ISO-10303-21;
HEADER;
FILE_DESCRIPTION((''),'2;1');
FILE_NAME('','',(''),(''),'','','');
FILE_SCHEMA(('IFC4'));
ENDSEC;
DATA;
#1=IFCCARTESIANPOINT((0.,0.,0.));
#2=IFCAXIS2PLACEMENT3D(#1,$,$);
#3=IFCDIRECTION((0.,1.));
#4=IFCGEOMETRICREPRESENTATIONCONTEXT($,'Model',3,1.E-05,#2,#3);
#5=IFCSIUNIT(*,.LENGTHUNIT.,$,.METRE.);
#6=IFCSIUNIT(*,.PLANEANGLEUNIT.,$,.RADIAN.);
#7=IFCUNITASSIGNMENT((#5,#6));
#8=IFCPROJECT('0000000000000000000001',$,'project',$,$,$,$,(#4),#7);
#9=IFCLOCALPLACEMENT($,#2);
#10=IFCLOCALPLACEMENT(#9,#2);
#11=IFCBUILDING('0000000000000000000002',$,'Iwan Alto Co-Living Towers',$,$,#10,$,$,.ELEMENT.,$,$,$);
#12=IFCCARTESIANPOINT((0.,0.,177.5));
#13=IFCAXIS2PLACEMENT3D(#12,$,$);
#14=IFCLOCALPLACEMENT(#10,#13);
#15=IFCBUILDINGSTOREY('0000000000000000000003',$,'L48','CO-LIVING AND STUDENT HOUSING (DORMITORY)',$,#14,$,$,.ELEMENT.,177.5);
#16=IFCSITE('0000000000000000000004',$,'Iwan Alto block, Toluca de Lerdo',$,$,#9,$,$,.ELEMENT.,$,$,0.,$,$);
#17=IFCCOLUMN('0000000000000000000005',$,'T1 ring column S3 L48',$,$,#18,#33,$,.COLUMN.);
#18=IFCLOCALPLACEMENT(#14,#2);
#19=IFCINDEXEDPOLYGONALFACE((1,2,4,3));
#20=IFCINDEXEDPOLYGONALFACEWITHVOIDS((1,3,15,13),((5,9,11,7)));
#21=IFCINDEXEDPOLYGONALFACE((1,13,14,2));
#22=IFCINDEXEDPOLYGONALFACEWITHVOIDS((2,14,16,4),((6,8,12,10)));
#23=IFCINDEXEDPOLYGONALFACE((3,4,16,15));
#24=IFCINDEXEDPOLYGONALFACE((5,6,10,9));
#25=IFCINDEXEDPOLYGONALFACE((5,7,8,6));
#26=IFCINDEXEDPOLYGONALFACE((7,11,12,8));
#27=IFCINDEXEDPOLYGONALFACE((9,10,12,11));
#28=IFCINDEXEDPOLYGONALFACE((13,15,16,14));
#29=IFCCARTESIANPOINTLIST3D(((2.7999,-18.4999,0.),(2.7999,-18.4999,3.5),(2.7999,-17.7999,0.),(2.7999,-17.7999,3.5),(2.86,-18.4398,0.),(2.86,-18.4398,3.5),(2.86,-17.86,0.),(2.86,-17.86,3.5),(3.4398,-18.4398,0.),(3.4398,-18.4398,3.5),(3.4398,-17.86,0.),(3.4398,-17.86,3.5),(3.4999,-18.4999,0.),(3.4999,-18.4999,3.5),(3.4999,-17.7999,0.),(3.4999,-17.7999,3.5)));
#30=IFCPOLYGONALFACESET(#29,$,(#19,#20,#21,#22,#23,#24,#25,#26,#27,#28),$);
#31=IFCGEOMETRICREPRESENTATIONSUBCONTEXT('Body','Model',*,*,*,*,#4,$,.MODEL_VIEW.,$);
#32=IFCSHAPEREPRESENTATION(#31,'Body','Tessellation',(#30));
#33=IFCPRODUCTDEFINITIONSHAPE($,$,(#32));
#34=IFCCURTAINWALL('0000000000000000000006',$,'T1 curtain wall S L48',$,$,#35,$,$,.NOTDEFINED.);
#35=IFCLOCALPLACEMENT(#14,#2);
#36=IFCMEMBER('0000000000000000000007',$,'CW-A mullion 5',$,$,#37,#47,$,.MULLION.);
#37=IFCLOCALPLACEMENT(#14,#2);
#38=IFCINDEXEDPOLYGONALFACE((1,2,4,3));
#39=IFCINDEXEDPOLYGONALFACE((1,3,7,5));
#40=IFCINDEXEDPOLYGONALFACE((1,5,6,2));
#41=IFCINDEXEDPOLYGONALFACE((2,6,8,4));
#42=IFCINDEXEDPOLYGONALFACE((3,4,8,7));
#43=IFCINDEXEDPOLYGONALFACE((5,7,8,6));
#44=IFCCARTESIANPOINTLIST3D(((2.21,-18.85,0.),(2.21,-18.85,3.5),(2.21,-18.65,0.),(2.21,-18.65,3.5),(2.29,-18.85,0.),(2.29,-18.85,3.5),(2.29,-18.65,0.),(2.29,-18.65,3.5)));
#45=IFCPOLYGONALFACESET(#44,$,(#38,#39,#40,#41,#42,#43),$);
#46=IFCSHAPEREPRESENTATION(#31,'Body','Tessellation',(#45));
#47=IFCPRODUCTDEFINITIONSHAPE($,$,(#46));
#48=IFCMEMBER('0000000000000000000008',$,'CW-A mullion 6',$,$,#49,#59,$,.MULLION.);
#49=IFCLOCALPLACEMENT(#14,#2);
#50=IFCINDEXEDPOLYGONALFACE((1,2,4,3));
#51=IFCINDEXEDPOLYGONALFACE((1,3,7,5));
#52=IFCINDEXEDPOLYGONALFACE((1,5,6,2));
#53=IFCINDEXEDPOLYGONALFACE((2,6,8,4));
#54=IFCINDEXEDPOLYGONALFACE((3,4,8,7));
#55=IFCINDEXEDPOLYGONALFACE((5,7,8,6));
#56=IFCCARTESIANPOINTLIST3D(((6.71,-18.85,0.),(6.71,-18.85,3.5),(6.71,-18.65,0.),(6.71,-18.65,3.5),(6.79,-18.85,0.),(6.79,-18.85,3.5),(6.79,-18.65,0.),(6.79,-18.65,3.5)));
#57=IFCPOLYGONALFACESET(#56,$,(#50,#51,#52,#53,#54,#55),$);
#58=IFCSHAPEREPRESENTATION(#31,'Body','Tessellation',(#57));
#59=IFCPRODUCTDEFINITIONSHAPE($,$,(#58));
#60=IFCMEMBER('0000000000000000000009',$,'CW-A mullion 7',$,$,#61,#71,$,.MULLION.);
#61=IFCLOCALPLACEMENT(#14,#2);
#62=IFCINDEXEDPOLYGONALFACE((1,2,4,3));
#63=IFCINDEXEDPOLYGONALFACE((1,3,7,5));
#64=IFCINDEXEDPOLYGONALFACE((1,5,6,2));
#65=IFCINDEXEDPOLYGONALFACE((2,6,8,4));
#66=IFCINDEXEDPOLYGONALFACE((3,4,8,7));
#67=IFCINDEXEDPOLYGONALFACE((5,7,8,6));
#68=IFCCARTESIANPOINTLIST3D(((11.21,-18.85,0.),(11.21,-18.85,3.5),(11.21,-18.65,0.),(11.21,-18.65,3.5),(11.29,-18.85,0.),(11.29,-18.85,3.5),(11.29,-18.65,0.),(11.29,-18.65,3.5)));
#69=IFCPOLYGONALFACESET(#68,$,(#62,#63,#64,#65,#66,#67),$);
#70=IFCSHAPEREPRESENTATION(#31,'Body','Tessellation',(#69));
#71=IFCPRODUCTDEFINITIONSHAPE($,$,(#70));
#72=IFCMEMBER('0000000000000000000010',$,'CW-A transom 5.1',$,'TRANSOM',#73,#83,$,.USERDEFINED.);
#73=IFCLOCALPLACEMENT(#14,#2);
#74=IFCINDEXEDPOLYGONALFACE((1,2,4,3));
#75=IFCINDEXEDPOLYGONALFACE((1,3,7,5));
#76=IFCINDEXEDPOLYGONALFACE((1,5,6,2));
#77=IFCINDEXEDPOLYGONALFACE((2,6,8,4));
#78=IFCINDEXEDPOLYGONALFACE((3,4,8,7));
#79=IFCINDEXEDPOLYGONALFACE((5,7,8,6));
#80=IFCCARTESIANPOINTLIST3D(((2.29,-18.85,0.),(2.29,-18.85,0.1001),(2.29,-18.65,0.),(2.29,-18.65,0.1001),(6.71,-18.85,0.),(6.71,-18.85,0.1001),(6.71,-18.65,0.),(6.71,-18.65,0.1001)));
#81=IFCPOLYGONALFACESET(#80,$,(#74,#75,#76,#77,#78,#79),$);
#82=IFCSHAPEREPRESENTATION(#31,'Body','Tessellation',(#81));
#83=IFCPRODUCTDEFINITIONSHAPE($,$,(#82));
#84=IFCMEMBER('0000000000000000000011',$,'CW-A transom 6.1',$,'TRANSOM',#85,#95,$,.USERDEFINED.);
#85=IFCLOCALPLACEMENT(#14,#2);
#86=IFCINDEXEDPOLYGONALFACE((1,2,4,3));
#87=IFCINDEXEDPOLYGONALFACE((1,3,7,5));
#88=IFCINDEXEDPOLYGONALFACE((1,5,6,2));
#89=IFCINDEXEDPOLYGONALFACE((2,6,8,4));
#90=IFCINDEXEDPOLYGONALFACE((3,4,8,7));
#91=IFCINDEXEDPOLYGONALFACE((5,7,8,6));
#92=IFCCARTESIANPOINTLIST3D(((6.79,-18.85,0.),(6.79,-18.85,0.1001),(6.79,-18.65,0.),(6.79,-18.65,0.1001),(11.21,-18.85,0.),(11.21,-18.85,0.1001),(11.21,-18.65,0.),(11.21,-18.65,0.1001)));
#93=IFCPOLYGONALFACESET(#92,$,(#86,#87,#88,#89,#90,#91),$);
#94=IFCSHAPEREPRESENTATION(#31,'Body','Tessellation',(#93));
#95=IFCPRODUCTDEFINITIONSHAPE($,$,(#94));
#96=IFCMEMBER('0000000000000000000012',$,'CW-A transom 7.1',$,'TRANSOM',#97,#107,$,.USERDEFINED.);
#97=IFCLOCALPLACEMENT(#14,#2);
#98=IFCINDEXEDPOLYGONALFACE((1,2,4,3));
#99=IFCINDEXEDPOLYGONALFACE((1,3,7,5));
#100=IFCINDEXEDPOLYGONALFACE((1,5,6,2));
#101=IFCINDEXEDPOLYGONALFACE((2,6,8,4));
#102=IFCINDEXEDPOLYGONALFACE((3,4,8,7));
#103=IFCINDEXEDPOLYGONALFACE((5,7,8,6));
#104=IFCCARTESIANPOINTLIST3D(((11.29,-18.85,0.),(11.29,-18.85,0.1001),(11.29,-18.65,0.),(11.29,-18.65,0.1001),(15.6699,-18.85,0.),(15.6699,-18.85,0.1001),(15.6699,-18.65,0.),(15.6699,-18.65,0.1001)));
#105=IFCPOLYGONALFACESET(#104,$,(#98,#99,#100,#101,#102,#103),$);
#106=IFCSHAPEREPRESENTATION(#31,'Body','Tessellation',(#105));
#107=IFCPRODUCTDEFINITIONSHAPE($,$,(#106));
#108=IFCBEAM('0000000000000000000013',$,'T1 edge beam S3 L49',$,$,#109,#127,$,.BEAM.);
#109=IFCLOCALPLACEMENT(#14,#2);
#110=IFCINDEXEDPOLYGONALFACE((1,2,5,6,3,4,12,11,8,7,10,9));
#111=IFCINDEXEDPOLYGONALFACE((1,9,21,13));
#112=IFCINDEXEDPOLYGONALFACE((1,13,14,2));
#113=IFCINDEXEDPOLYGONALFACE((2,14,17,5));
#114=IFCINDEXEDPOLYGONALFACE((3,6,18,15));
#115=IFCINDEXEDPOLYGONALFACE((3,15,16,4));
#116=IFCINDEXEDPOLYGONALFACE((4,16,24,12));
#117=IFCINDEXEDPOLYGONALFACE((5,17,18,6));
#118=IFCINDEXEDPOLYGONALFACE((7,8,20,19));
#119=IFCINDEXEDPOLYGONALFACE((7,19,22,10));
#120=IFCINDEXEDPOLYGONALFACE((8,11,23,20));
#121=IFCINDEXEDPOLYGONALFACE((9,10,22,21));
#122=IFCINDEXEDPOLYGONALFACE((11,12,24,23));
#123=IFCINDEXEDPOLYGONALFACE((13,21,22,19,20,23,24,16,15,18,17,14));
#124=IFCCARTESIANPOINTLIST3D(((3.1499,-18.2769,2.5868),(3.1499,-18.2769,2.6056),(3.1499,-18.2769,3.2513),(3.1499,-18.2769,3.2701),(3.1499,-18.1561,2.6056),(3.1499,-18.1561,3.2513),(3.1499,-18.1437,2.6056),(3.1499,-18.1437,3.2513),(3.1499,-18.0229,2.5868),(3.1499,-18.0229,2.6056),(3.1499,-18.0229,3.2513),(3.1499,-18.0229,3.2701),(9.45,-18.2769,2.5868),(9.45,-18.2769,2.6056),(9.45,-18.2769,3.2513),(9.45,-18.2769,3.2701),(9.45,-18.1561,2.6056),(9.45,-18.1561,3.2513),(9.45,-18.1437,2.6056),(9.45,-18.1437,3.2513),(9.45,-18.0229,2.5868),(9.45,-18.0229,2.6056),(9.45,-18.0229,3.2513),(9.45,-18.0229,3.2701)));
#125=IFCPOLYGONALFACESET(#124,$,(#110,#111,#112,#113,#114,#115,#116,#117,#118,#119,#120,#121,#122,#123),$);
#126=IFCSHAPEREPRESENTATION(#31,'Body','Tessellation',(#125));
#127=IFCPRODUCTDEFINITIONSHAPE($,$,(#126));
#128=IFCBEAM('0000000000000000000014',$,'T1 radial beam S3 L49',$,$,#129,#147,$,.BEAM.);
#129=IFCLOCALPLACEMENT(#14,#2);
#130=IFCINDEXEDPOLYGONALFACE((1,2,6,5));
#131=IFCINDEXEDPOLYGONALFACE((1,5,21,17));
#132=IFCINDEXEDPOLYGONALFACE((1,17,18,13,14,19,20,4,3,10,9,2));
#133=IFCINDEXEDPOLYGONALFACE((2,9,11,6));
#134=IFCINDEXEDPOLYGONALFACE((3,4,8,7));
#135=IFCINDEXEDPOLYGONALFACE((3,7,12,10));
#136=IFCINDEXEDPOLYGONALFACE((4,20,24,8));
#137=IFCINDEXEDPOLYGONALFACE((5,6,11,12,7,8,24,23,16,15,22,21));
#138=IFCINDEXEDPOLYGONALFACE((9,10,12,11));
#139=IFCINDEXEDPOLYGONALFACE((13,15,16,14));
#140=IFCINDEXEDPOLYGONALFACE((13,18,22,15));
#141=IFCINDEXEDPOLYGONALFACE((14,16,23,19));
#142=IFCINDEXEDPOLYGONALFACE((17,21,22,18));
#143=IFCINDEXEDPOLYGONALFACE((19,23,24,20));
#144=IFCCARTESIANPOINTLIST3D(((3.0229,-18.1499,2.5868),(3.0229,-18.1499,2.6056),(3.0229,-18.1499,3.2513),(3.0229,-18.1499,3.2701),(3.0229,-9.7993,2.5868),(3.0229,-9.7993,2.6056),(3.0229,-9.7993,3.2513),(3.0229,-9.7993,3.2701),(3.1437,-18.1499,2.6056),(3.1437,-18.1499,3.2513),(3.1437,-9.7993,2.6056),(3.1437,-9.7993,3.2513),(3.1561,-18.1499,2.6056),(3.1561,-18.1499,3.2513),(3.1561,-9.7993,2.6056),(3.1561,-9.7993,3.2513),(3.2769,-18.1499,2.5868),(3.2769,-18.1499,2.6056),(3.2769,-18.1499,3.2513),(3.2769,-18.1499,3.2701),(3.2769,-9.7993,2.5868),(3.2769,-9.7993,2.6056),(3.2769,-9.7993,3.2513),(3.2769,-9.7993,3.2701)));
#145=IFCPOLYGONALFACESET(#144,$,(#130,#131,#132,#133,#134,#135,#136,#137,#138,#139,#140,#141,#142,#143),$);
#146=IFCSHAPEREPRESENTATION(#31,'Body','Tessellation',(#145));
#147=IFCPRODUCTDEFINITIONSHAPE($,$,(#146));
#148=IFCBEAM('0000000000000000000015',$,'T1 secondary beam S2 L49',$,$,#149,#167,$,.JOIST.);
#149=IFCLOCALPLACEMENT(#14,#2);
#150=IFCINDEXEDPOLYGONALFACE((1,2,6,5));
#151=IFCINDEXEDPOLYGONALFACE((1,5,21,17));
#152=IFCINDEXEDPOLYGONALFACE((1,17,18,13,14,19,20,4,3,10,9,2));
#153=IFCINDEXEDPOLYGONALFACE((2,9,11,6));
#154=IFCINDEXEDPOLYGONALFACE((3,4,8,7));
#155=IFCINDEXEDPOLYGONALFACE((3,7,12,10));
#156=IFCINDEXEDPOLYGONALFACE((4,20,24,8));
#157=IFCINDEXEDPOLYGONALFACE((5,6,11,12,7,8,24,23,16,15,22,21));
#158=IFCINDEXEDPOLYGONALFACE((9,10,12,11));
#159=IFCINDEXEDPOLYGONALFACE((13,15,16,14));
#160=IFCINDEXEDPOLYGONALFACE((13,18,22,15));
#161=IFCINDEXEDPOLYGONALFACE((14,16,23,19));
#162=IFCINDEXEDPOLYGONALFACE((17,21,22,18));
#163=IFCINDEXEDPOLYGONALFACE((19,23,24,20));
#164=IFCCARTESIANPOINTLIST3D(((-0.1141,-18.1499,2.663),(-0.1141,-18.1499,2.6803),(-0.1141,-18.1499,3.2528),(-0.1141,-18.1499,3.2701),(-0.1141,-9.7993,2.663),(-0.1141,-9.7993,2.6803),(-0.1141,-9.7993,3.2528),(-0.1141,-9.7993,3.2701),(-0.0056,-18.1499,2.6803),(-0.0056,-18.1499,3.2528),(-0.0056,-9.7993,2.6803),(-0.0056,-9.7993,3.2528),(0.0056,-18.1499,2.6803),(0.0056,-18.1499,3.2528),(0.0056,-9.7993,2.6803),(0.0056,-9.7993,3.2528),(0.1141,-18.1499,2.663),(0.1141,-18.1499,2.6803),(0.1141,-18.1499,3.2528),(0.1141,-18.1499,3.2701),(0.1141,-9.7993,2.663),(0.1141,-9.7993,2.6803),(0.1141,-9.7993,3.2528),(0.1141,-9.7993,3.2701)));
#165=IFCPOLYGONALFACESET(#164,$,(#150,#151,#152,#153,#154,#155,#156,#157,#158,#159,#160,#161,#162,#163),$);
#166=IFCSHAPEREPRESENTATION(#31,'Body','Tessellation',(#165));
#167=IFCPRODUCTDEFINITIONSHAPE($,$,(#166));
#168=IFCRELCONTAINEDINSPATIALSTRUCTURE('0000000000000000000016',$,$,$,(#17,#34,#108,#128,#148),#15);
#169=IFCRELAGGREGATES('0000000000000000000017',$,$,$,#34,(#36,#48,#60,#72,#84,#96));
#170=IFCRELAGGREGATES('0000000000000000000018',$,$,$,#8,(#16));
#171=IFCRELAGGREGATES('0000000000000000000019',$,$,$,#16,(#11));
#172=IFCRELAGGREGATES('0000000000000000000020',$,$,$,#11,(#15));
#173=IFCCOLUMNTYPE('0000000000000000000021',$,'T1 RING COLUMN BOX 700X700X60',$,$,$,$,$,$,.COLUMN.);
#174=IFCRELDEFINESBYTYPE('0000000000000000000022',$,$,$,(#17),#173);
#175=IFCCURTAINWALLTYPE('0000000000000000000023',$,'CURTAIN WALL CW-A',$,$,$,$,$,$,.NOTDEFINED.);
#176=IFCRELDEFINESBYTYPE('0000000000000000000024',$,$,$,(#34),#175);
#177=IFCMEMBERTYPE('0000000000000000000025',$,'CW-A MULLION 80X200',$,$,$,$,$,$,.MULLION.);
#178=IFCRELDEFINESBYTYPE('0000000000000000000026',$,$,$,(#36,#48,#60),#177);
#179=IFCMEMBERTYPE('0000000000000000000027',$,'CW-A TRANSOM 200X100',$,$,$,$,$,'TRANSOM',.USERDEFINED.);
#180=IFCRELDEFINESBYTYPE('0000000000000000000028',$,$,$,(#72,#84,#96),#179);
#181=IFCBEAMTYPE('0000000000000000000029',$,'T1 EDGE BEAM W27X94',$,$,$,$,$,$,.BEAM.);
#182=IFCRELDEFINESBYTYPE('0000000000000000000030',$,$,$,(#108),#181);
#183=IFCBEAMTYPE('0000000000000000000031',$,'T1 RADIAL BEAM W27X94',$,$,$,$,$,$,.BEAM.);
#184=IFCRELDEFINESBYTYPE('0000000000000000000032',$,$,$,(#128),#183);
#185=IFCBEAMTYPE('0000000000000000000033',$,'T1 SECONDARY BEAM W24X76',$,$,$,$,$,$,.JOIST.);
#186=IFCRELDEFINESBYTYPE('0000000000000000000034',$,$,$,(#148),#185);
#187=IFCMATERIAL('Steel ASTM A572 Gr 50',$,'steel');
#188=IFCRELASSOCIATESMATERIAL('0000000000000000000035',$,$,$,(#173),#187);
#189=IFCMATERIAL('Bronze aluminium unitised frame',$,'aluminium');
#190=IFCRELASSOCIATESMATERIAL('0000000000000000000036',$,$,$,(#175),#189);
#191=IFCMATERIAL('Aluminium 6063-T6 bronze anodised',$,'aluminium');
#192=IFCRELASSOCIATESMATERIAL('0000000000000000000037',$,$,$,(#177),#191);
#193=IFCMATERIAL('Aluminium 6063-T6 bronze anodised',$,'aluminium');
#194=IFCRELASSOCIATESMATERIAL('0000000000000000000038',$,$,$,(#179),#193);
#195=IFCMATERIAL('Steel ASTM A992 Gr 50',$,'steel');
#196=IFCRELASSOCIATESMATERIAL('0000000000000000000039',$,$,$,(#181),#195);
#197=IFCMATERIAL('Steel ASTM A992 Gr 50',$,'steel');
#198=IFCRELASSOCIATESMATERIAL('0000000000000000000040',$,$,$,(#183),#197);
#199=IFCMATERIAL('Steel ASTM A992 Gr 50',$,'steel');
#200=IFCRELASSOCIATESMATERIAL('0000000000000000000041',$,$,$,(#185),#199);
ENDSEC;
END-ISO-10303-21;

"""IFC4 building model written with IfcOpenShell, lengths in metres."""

from ifc_helpers import new_model, si_unit, direction, frame, origin, origin_2d, place, context, subcontext, project, spatial, rectangle, hollow_rectangle, i_section, extrude, material, material_profile, profile_set, type_object, element, aggregate, save


model = new_model("IFC4")

# Units and contexts
model_context = context("Model", 3, precision=1e-05, world=origin(), true_north=direction((0.0, 1.0)))
body_context = subcontext(model_context, "Body", "Model", "MODEL_VIEW")
ifc_project = project(units=[si_unit("LENGTHUNIT", "METRE"), si_unit("PLANEANGLEUNIT", "RADIAN")], contexts=[model_context])

# Site, building, storey
site_placement = place(None, origin())
site = spatial("IfcSite", under=ifc_project, at=site_placement, Name="Iwan Alto block, Toluca de Lerdo", CompositionType="ELEMENT", RefElevation=0.0)
building_placement = place(site_placement, origin())
building = spatial("IfcBuilding", under=site, at=building_placement, Name="Iwan Alto Co-Living Towers", CompositionType="ELEMENT")
storey_placement = place(building_placement, frame((0.0, 0.0, 177.5)))
storey = spatial("IfcBuildingStorey", under=building, at=storey_placement, Name="L48", Description="CO-LIVING AND STUDENT HOUSING (DORMITORY)", CompositionType="ELEMENT", Elevation=177.5)

# Column
ifc_material_1 = material(Name="Steel ASTM A572 Gr 50", Category="steel")
ifc_material_profile_1 = material_profile(ifc_material_1, hollow_rectangle(XDim=0.7, YDim=0.7, WallThickness=0.0601, at=origin_2d()), Name="BOX 700X700X60")
ifc_profile_set_1 = profile_set([ifc_material_profile_1], Name="Steel ASTM A572 Gr 50")
column_type = type_object("IfcColumnType", Name="T1 RING COLUMN BOX 700X700X60", PredefinedType="COLUMN", material=ifc_profile_set_1)
column_placement = place(storey_placement, frame((3.1499, -18.1499, 0.0), z_axis=(0.0, 0.0, 1.0), x_axis=(1.0, 0.0, 0.0)))
element("IfcColumn", 1, at=column_placement, inside=storey, type_object=column_type, Name="T1 ring column S3 L48", PredefinedType="COLUMN", context=body_context, shape_type="SweptSolid", body=[
    extrude(hollow_rectangle(XDim=0.7, YDim=0.7, WallThickness=0.0601, at=origin_2d()), origin(), (0.0, 0.0, 1.0), 3.5),
])

# Curtain wall, members
ifc_material_2 = material(Name="Bronze aluminium unitised frame", Category="aluminium")
curtain_wall_type = type_object("IfcCurtainWallType", Name="CURTAIN WALL CW-A", PredefinedType="NOTDEFINED", material=ifc_material_2)
curtain_wall_placement = place(storey_placement, origin())
curtain_wall = element("IfcCurtainWall", 2, at=curtain_wall_placement, inside=storey, type_object=curtain_wall_type, Name="T1 curtain wall S L48", PredefinedType="NOTDEFINED")
ifc_material_3 = material(Name="Aluminium 6063-T6 bronze anodised", Category="aluminium")
ifc_material_profile_2 = material_profile(ifc_material_3, rectangle(XDim=0.2, YDim=0.0801, at=origin_2d()), Name="AL 80X200")
ifc_profile_set_2 = profile_set([ifc_material_profile_2], Name="Aluminium 6063-T6 bronze anodised")
member_type_1 = type_object("IfcMemberType", Name="CW-A MULLION 80X200", PredefinedType="MULLION", material=ifc_profile_set_2)
member_1_placement = place(storey_placement, frame((2.25, -18.75, 0.0), z_axis=(0.0, 0.0, 1.0), x_axis=(0.0, 1.0, 0.0)))
member_1 = element("IfcMember", 3, at=member_1_placement, type_object=member_type_1, Name="CW-A mullion 5", PredefinedType="MULLION", context=body_context, shape_type="SweptSolid", body=[
    extrude(rectangle(XDim=0.2, YDim=0.0801, at=origin_2d()), origin(), (0.0, 0.0, 1.0), 3.5),
])
member_2_placement = place(storey_placement, frame((6.75, -18.75, 0.0), z_axis=(0.0, 0.0, 1.0), x_axis=(0.0, 1.0, 0.0)))
member_2 = element("IfcMember", 4, at=member_2_placement, type_object=member_type_1, Name="CW-A mullion 6", PredefinedType="MULLION", context=body_context, shape_type="SweptSolid", body=[
    extrude(rectangle(XDim=0.2, YDim=0.0801, at=origin_2d()), origin(), (0.0, 0.0, 1.0), 3.5),
])
member_3_placement = place(storey_placement, frame((11.25, -18.75, 0.0), z_axis=(0.0, 0.0, 1.0), x_axis=(0.0, 1.0, 0.0)))
member_3 = element("IfcMember", 5, at=member_3_placement, type_object=member_type_1, Name="CW-A mullion 7", PredefinedType="MULLION", context=body_context, shape_type="SweptSolid", body=[
    extrude(rectangle(XDim=0.2, YDim=0.0801, at=origin_2d()), origin(), (0.0, 0.0, 1.0), 3.5),
])
ifc_material_4 = material(Name="Aluminium 6063-T6 bronze anodised", Category="aluminium")
ifc_material_profile_3 = material_profile(ifc_material_4, rectangle(XDim=0.2, YDim=0.1001, at=origin_2d()), Name="AL 200X100")
ifc_profile_set_3 = profile_set([ifc_material_profile_3], Name="Aluminium 6063-T6 bronze anodised")
member_type_2 = type_object("IfcMemberType", Name="CW-A TRANSOM 200X100", ElementType="TRANSOM", PredefinedType="USERDEFINED", material=ifc_profile_set_3)
member_4_placement = place(storey_placement, frame((2.29, -18.75, 0.05), z_axis=(1.0, 0.0, 0.0), x_axis=(0.0, 1.0, 0.0)))
member_4 = element("IfcMember", 6, at=member_4_placement, type_object=member_type_2, Name="CW-A transom 5.1", ObjectType="TRANSOM", PredefinedType="USERDEFINED", context=body_context, shape_type="SweptSolid", body=[
    extrude(rectangle(XDim=0.2, YDim=0.1001, at=origin_2d()), origin(), (0.0, 0.0, 1.0), 4.4199),
])
member_5_placement = place(storey_placement, frame((6.79, -18.75, 0.05), z_axis=(1.0, 0.0, 0.0), x_axis=(0.0, 1.0, 0.0)))
member_5 = element("IfcMember", 7, at=member_5_placement, type_object=member_type_2, Name="CW-A transom 6.1", ObjectType="TRANSOM", PredefinedType="USERDEFINED", context=body_context, shape_type="SweptSolid", body=[
    extrude(rectangle(XDim=0.2, YDim=0.1001, at=origin_2d()), origin(), (0.0, 0.0, 1.0), 4.4199),
])
member_6_placement = place(storey_placement, frame((11.29, -18.75, 0.05), z_axis=(1.0, 0.0, 0.0), x_axis=(0.0, 1.0, 0.0)))
member_6 = element("IfcMember", 8, at=member_6_placement, type_object=member_type_2, Name="CW-A transom 7.1", ObjectType="TRANSOM", PredefinedType="USERDEFINED", context=body_context, shape_type="SweptSolid", body=[
    extrude(rectangle(XDim=0.2, YDim=0.1001, at=origin_2d()), origin(), (0.0, 0.0, 1.0), 4.3799),
])

# Beams
ifc_material_5 = material(Name="Steel ASTM A992 Gr 50", Category="steel")
ifc_material_profile_4 = material_profile(ifc_material_5, i_section(OverallWidth=0.2539, OverallDepth=0.6833, WebThickness=0.0125, FlangeThickness=0.0188, at=origin_2d()), Name="W27X94")
ifc_profile_set_4 = profile_set([ifc_material_profile_4], Name="Steel ASTM A992 Gr 50")
beam_type_1 = type_object("IfcBeamType", Name="T1 EDGE BEAM W27X94", PredefinedType="BEAM", material=ifc_profile_set_4)
beam_1_placement = place(storey_placement, frame((3.1499, -18.1499, 2.9285), z_axis=(1.0, 0.0, 0.0), x_axis=(0.0, 1.0, 0.0)))
element("IfcBeam", 9, at=beam_1_placement, inside=storey, type_object=beam_type_1, Name="T1 edge beam S3 L49", PredefinedType="BEAM", context=body_context, shape_type="SweptSolid", body=[
    extrude(i_section(OverallWidth=0.2539, OverallDepth=0.6833, WebThickness=0.0125, FlangeThickness=0.0188, at=origin_2d()), origin(), (0.0, 0.0, 1.0), 6.3),
])
ifc_material_6 = material(Name="Steel ASTM A992 Gr 50", Category="steel")
ifc_material_profile_5 = material_profile(ifc_material_6, i_section(OverallWidth=0.2539, OverallDepth=0.6833, WebThickness=0.0125, FlangeThickness=0.0188, at=origin_2d()), Name="W27X94")
ifc_profile_set_5 = profile_set([ifc_material_profile_5], Name="Steel ASTM A992 Gr 50")
beam_type_2 = type_object("IfcBeamType", Name="T1 RADIAL BEAM W27X94", PredefinedType="BEAM", material=ifc_profile_set_5)
beam_2_placement = place(storey_placement, frame((3.1499, -18.1499, 2.9285), z_axis=(0.0, 1.0, 0.0), x_axis=(-1.0, 0.0, 0.0)))
element("IfcBeam", 10, at=beam_2_placement, inside=storey, type_object=beam_type_2, Name="T1 radial beam S3 L49", PredefinedType="BEAM", context=body_context, shape_type="SweptSolid", body=[
    extrude(i_section(OverallWidth=0.2539, OverallDepth=0.6833, WebThickness=0.0125, FlangeThickness=0.0188, at=origin_2d()), origin(), (0.0, 0.0, 1.0), 8.3506),
])
ifc_material_7 = material(Name="Steel ASTM A992 Gr 50", Category="steel")
ifc_material_profile_6 = material_profile(ifc_material_7, i_section(OverallWidth=0.2283, OverallDepth=0.6072, WebThickness=0.0112, FlangeThickness=0.0173, at=origin_2d()), Name="W24X76")
ifc_profile_set_6 = profile_set([ifc_material_profile_6], Name="Steel ASTM A992 Gr 50")
beam_type_3 = type_object("IfcBeamType", Name="T1 SECONDARY BEAM W24X76", PredefinedType="JOIST", material=ifc_profile_set_6)
for number, where, z_axis, x_axis, name in (
    (11, (0.0, -18.1499, 2.9666), (0.0, 1.0, 0.0), (-1.0, 0.0, 0.0), "T1 secondary beam S2 L49"),
):
    element("IfcBeam", number, at=place(storey_placement, frame(where, z_axis=z_axis, x_axis=x_axis)), inside=storey, type_object=beam_type_3, Name=name, PredefinedType="JOIST", context=body_context, shape_type="SweptSolid", body=[
        extrude(i_section(OverallWidth=0.2283, OverallDepth=0.6072, WebThickness=0.0112, FlangeThickness=0.0173, at=origin_2d()), origin(), (0.0, 0.0, 1.0), 8.3506),
    ])

aggregate(curtain_wall, [member_1, member_2, member_3, member_4, member_5, member_6])

save(model, "model.ifc")
